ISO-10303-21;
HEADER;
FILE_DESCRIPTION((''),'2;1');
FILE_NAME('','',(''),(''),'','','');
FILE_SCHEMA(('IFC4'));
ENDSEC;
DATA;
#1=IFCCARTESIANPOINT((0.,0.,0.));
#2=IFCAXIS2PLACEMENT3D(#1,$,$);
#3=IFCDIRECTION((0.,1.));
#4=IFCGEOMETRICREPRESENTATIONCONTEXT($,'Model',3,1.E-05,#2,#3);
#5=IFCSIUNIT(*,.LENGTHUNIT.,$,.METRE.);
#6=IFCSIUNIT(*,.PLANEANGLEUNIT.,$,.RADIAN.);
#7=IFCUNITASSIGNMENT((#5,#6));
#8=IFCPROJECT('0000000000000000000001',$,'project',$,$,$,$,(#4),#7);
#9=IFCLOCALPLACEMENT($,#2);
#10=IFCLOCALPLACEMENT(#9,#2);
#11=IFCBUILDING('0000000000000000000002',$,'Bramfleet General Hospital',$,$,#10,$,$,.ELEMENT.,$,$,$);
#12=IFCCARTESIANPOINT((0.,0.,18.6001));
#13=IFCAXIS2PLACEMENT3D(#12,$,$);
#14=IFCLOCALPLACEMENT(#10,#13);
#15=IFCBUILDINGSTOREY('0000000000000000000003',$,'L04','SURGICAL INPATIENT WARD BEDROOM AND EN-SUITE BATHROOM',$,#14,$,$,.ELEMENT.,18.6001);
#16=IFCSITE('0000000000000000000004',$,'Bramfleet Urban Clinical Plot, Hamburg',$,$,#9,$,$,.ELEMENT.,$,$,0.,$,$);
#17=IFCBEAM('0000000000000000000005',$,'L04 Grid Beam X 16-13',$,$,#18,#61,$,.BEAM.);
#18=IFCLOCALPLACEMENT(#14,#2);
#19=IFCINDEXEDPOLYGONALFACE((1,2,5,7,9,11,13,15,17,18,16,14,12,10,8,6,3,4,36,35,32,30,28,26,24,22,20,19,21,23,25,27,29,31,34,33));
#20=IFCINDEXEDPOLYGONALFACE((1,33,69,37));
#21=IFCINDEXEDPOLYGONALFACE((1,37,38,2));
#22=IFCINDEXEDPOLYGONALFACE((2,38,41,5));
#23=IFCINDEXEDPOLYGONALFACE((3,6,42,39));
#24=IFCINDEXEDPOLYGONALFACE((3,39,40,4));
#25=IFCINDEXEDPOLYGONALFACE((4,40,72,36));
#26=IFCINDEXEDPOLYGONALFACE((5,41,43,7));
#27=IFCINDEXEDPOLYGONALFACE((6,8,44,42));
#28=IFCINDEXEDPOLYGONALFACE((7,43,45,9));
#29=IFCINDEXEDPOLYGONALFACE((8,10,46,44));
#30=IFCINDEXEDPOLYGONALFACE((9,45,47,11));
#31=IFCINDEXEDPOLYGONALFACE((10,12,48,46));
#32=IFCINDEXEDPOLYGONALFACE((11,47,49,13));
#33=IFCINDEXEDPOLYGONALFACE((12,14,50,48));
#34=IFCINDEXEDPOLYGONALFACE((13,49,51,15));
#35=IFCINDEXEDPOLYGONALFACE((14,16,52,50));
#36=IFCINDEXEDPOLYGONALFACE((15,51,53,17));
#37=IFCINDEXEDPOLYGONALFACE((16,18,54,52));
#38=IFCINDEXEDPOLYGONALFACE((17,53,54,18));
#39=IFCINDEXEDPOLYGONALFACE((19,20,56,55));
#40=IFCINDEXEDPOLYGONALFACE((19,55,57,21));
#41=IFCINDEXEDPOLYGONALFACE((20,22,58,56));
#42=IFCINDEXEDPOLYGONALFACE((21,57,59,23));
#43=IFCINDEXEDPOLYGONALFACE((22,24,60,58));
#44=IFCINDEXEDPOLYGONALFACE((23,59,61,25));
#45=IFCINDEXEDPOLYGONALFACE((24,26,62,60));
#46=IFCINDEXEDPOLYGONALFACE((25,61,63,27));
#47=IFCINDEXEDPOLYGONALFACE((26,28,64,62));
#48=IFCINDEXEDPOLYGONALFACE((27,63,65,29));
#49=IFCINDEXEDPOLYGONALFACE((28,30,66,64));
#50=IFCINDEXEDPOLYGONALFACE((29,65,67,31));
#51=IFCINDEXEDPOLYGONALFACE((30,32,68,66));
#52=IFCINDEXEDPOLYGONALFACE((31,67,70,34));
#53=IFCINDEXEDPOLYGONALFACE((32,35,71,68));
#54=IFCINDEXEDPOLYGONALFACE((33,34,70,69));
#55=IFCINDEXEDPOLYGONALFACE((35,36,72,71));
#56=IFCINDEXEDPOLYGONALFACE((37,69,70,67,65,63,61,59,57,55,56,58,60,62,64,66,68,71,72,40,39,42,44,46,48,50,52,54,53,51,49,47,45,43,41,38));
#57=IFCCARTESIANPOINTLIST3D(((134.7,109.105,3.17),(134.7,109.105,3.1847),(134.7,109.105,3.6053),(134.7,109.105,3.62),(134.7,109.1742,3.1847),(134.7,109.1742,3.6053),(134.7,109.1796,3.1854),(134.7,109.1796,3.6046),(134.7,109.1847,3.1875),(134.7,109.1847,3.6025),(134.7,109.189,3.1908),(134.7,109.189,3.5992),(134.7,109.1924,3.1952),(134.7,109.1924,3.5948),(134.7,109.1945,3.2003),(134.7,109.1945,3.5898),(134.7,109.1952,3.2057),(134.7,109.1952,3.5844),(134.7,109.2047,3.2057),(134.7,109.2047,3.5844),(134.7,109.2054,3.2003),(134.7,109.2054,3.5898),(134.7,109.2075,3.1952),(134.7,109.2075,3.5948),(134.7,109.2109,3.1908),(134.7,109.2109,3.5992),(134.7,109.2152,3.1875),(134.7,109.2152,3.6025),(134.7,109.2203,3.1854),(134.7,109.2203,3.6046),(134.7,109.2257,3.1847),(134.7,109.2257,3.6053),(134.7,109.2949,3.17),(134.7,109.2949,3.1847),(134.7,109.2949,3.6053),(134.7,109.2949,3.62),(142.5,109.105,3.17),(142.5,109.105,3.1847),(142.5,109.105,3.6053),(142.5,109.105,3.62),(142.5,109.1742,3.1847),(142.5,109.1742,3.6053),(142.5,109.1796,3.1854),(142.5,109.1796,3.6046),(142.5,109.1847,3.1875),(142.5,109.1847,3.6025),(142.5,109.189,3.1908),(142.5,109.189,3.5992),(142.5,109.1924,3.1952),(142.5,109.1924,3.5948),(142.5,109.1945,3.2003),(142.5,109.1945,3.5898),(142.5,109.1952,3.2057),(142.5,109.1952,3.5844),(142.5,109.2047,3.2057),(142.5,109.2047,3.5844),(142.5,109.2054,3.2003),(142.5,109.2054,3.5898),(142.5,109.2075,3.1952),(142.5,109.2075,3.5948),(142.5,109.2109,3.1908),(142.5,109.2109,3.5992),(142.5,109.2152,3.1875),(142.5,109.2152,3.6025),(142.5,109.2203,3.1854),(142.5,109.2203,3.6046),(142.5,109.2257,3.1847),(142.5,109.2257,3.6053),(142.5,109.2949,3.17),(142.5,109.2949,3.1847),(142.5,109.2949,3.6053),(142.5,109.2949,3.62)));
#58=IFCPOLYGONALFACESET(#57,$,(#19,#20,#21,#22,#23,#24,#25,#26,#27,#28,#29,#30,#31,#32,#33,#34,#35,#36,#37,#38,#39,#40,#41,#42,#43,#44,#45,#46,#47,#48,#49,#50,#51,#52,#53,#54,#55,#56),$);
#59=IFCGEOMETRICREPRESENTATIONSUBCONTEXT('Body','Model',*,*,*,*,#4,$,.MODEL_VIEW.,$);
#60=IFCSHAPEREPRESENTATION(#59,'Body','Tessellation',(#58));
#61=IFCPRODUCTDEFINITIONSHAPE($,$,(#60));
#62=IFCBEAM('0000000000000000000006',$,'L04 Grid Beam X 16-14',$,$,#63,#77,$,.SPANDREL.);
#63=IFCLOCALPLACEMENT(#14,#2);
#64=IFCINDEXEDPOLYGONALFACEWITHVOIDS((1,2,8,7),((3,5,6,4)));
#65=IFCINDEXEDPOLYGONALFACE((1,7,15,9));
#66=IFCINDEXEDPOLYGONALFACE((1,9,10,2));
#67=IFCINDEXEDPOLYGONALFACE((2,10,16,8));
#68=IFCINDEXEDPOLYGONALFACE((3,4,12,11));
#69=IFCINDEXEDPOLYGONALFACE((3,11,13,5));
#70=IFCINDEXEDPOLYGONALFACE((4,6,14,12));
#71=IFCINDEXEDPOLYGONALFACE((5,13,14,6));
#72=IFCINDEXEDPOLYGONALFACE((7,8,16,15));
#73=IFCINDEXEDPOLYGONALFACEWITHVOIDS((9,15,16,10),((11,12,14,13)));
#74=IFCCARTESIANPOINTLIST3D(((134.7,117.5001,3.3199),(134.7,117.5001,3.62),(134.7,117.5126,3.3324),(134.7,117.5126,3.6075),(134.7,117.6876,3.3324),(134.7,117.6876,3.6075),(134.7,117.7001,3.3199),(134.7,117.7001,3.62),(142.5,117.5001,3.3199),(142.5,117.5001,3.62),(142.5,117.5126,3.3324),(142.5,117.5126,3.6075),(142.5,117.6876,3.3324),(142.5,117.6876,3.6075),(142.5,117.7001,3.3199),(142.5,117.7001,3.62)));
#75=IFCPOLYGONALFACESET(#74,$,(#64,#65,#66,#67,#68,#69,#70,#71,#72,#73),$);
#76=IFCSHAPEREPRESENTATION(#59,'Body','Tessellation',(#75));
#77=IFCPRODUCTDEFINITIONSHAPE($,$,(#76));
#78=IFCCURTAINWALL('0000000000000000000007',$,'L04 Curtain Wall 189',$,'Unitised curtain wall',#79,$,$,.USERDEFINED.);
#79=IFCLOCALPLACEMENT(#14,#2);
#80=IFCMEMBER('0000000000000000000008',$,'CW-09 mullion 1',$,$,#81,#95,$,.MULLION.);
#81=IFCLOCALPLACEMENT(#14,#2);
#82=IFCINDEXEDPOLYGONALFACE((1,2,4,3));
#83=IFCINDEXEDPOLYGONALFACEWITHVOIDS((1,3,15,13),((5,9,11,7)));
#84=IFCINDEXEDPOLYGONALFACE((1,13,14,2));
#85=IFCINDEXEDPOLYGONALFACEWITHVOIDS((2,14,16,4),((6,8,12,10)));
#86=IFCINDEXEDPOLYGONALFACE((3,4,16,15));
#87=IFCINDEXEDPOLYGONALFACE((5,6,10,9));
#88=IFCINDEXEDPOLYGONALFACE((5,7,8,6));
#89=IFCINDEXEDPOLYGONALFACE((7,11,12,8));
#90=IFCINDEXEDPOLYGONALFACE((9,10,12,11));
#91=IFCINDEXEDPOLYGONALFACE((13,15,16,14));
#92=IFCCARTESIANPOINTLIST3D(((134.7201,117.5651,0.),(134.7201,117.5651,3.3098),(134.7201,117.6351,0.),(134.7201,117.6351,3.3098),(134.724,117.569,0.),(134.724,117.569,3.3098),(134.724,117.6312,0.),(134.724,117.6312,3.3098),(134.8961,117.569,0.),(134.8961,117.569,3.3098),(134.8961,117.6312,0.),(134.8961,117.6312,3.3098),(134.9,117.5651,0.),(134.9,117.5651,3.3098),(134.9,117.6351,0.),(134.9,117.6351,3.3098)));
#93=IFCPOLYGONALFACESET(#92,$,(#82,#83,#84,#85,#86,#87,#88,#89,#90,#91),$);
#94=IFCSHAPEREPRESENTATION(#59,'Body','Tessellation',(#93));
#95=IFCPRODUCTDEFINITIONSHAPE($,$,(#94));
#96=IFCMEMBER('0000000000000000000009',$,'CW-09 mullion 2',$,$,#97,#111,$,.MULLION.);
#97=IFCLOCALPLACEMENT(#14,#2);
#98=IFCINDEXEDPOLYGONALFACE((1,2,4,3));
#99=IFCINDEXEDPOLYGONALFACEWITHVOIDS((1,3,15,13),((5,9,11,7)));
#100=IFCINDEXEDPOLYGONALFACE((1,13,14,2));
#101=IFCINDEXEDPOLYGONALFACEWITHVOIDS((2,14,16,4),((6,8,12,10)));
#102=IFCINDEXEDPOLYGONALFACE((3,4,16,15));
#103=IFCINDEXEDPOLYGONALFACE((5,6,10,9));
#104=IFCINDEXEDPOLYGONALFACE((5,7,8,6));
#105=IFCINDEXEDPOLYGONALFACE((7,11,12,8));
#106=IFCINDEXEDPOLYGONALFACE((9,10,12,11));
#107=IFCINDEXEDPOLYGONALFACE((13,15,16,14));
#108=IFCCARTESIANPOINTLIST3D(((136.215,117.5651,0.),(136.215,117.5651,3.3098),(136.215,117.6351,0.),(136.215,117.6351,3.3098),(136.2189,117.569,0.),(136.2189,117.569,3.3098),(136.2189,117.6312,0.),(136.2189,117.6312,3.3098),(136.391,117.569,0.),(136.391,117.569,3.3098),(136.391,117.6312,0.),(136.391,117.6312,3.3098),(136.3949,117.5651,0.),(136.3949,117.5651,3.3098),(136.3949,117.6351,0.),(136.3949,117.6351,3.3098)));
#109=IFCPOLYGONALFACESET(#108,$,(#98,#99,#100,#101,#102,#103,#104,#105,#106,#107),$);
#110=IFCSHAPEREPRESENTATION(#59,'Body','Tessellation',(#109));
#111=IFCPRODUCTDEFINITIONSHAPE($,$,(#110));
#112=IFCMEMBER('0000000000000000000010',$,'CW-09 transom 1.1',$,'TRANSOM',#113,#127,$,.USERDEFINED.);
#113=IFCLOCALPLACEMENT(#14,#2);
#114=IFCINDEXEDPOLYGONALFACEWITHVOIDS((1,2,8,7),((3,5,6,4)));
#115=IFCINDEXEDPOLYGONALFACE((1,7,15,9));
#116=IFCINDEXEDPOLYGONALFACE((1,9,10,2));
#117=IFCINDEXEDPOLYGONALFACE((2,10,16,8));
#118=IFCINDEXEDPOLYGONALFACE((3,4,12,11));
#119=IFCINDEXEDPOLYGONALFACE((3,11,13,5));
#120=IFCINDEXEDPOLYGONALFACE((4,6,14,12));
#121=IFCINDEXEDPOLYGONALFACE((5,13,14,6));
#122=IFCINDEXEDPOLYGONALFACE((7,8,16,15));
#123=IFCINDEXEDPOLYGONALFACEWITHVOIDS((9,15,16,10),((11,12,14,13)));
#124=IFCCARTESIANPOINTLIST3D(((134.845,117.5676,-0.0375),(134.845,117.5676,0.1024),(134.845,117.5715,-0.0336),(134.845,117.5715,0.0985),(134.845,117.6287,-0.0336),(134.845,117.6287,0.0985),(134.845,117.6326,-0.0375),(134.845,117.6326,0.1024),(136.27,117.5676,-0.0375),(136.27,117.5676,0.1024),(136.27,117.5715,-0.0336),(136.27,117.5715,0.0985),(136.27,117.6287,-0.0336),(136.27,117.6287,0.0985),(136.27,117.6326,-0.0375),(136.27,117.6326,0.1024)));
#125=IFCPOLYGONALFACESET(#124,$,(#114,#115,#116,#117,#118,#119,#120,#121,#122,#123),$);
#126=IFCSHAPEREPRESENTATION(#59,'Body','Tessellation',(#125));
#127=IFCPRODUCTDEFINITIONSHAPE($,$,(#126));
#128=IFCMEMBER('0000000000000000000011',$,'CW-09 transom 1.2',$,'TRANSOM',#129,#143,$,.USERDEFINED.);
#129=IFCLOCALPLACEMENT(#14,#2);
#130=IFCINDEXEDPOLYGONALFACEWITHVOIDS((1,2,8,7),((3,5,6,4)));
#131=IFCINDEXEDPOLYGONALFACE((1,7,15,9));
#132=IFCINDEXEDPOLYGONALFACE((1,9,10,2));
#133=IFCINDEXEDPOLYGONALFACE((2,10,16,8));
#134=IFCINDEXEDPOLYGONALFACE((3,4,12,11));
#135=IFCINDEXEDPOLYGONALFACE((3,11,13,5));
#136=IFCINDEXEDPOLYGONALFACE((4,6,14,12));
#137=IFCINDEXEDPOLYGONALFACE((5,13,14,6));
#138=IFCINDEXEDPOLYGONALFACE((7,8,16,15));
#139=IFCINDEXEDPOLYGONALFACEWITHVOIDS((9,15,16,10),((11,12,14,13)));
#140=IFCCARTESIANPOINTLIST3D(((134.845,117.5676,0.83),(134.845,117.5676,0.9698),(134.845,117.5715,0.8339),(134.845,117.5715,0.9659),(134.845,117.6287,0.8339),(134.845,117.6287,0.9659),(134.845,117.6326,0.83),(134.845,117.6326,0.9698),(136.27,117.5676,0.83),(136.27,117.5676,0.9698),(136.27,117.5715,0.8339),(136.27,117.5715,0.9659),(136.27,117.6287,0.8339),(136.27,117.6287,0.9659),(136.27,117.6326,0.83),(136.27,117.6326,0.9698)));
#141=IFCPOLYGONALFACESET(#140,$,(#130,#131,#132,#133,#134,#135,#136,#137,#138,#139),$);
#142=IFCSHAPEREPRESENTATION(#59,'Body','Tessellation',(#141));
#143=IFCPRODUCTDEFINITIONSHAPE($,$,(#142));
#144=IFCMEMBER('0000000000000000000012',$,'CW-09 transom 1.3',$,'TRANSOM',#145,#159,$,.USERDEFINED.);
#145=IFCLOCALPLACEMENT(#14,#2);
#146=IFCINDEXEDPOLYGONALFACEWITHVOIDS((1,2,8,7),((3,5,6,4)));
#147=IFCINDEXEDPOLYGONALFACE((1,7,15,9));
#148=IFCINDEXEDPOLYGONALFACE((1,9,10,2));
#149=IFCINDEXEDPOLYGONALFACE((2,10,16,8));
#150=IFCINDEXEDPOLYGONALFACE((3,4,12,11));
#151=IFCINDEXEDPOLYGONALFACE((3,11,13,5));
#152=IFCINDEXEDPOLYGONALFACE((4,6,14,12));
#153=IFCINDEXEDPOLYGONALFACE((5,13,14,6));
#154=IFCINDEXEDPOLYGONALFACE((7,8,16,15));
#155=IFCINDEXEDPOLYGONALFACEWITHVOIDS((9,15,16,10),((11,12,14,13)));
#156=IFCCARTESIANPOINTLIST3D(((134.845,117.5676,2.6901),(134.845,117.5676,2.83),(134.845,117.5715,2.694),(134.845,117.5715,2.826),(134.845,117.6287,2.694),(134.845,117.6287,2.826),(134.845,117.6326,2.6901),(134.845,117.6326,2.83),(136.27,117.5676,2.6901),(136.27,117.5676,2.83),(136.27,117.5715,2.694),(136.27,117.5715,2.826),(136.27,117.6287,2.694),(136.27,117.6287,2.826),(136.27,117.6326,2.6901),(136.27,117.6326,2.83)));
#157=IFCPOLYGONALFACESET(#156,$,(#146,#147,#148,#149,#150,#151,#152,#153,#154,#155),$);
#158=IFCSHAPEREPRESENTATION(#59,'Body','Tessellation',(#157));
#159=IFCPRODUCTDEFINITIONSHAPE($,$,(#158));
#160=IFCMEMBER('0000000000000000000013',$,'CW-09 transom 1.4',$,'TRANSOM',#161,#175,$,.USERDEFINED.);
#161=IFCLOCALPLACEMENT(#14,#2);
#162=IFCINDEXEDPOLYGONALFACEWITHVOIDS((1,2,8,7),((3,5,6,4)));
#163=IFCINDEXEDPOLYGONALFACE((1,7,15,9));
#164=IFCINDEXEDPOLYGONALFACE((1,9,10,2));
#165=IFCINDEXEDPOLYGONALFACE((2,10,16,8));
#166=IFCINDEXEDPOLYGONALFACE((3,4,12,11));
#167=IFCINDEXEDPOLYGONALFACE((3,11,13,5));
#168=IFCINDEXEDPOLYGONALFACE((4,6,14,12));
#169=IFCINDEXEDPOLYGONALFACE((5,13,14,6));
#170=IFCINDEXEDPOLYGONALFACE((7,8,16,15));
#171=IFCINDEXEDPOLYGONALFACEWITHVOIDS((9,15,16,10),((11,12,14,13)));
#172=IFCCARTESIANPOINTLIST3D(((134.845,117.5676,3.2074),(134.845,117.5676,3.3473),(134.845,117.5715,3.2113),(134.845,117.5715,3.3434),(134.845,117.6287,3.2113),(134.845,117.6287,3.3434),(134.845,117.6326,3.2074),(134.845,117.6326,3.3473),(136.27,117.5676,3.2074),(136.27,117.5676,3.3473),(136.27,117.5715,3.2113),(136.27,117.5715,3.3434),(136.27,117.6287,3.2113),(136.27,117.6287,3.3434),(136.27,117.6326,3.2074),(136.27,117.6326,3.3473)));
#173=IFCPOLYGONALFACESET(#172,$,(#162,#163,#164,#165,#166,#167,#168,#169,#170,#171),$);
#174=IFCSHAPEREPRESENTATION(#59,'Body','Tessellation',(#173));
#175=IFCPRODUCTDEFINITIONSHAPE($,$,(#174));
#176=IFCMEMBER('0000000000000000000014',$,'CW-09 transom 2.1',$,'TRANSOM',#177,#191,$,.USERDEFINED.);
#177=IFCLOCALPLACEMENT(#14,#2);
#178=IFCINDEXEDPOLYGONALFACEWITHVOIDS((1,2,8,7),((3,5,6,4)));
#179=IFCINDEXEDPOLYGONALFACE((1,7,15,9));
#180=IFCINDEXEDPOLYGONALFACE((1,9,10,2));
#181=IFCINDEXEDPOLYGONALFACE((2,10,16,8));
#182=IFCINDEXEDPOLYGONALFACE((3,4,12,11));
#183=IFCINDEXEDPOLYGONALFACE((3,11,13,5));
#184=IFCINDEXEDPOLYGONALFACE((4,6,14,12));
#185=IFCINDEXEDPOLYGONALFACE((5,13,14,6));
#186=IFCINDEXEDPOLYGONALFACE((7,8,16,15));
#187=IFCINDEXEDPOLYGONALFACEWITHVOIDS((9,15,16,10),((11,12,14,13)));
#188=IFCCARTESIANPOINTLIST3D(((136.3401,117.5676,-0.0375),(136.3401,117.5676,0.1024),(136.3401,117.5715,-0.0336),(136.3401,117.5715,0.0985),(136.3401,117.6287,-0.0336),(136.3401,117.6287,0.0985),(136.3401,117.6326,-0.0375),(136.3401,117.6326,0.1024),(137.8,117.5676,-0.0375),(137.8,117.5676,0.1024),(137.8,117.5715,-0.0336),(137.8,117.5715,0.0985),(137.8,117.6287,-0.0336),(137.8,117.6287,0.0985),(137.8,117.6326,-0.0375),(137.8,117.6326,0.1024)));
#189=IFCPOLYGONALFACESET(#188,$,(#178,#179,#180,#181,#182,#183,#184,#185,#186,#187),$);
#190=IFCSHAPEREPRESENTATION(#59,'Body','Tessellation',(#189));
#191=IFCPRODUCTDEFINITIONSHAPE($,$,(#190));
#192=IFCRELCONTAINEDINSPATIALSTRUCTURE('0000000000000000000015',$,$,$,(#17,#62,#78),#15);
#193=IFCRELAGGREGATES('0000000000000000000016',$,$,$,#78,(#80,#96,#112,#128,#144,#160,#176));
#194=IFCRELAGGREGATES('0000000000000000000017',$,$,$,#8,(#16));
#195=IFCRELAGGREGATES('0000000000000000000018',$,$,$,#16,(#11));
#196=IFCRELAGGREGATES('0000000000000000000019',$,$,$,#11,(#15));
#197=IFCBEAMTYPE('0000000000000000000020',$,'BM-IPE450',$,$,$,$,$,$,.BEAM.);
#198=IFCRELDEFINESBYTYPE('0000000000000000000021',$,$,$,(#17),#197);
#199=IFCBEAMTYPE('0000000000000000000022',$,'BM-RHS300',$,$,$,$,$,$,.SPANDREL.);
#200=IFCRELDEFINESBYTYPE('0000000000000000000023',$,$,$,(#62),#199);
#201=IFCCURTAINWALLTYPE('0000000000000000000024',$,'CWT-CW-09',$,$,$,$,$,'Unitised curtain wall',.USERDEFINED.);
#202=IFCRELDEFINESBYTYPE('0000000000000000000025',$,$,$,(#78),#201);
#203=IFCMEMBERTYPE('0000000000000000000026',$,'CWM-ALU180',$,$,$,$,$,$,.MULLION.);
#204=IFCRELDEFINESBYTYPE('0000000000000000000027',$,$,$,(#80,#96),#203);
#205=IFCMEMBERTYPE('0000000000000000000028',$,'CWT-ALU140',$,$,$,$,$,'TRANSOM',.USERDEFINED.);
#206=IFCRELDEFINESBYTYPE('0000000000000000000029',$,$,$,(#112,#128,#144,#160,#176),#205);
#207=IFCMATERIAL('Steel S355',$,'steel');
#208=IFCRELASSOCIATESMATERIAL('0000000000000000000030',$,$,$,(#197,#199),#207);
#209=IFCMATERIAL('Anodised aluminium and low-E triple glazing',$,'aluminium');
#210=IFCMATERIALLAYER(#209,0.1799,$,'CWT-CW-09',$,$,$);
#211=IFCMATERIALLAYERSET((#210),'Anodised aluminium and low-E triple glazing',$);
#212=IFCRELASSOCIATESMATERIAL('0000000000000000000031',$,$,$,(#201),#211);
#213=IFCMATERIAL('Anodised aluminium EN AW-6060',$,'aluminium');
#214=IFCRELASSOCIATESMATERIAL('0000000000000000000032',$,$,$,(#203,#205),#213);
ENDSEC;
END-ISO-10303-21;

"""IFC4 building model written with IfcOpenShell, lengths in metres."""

from ifc_helpers import new_model, si_unit, direction, frame, origin, origin_2d, place, context, subcontext, project, spatial, hollow_rectangle, i_section, extrude, material, layer, layer_set, material_profile, profile_set, type_object, element, aggregate, save


model = new_model("IFC4")

# Units and contexts
model_context = context("Model", 3, precision=1e-05, world=origin(), true_north=direction((0.0, 1.0)))
body_context = subcontext(model_context, "Body", "Model", "MODEL_VIEW")
ifc_project = project(units=[si_unit("LENGTHUNIT", "METRE"), si_unit("PLANEANGLEUNIT", "RADIAN")], contexts=[model_context])

# Site, building, storey
site_placement = place(None, origin())
site = spatial("IfcSite", under=ifc_project, at=site_placement, Name="Bramfleet Urban Clinical Plot, Hamburg", CompositionType="ELEMENT", RefElevation=0.0)
building_placement = place(site_placement, origin())
building = spatial("IfcBuilding", under=site, at=building_placement, Name="Bramfleet General Hospital", CompositionType="ELEMENT")
storey_placement = place(building_placement, frame((0.0, 0.0, 18.6001)))
storey = spatial("IfcBuildingStorey", under=building, at=storey_placement, Name="L04", Description="SURGICAL INPATIENT WARD BEDROOM AND EN-SUITE BATHROOM", CompositionType="ELEMENT", Elevation=18.6001)

# Beams
ifc_material_1 = material(Name="Steel S355", Category="steel")
ifc_material_profile_1 = material_profile(ifc_material_1, i_section(OverallWidth=0.1899, OverallDepth=0.45, WebThickness=0.0095, FlangeThickness=0.0146, FilletRadius=0.021, at=origin_2d()), Name="IPE 450")
ifc_profile_set_1 = profile_set([ifc_material_profile_1], Name="Steel S355")
beam_type_1 = type_object("IfcBeamType", Name="BM-IPE450", PredefinedType="BEAM", material=ifc_profile_set_1)
beam_1_placement = place(storey_placement, frame((134.7, 109.2, 3.395), z_axis=(1.0, 0.0, 0.0), x_axis=(0.0, 1.0, 0.0)))
element("IfcBeam", 1, at=beam_1_placement, inside=storey, type_object=beam_type_1, Name="L04 Grid Beam X 16-13", PredefinedType="BEAM", context=body_context, shape_type="SweptSolid", body=[
    extrude(i_section(OverallWidth=0.1899, OverallDepth=0.45, WebThickness=0.0095, FlangeThickness=0.0146, FilletRadius=0.021, at=origin_2d()), origin(), (0.0, 0.0, 1.0), 7.8),
])
ifc_material_profile_2 = material_profile(ifc_material_1, hollow_rectangle(XDim=0.2, YDim=0.3, WallThickness=0.0125, at=origin_2d()), Name="RHS 300x200x12.5")
ifc_profile_set_2 = profile_set([ifc_material_profile_2], Name="Steel S355")
beam_type_2 = type_object("IfcBeamType", Name="BM-RHS300", PredefinedType="SPANDREL", material=ifc_profile_set_2)
beam_2_placement = place(storey_placement, frame((134.7, 117.6001, 3.47), z_axis=(1.0, 0.0, 0.0), x_axis=(0.0, 1.0, 0.0)))
element("IfcBeam", 2, at=beam_2_placement, inside=storey, type_object=beam_type_2, Name="L04 Grid Beam X 16-14", PredefinedType="SPANDREL", context=body_context, shape_type="SweptSolid", body=[
    extrude(hollow_rectangle(XDim=0.2, YDim=0.3, WallThickness=0.0125, at=origin_2d()), origin(), (0.0, 0.0, 1.0), 7.8),
])

# Curtain wall, members
ifc_material_2 = material(Name="Anodised aluminium and low-E triple glazing", Category="aluminium")
ifc_layer_1 = layer(ifc_material_2, 0.1799, Name="CWT-CW-09")
ifc_layer_set_1 = layer_set([ifc_layer_1], Name="Anodised aluminium and low-E triple glazing")
curtain_wall_type = type_object("IfcCurtainWallType", Name="CWT-CW-09", ElementType="Unitised curtain wall", PredefinedType="USERDEFINED", material=ifc_layer_set_1)
curtain_wall_placement = place(storey_placement, origin())
curtain_wall = element("IfcCurtainWall", 3, at=curtain_wall_placement, inside=storey, type_object=curtain_wall_type, Name="L04 Curtain Wall 189", ObjectType="Unitised curtain wall", PredefinedType="USERDEFINED")
ifc_material_3 = material(Name="Anodised aluminium EN AW-6060", Category="aluminium")
ifc_material_profile_3 = material_profile(ifc_material_3, hollow_rectangle(XDim=0.0701, YDim=0.1799, WallThickness=0.0039, at=origin_2d()), Name="ALU 180x70x4.0")
ifc_profile_set_3 = profile_set([ifc_material_profile_3], Name="Anodised aluminium EN AW-6060")
member_type_1 = type_object("IfcMemberType", Name="CWM-ALU180", PredefinedType="MULLION", material=ifc_profile_set_3)
member_1_placement = place(storey_placement, frame((134.8101, 117.6001, 0.0), z_axis=(0.0, 0.0, 1.0), x_axis=(0.0, 1.0, 0.0)))
member_1 = element("IfcMember", 4, at=member_1_placement, type_object=member_type_1, Name="CW-09 mullion 1", PredefinedType="MULLION", context=body_context, shape_type="SweptSolid", body=[
    extrude(hollow_rectangle(XDim=0.0701, YDim=0.1799, WallThickness=0.0039, at=origin_2d()), origin(), (0.0, 0.0, 1.0), 3.3098),
])
member_2_placement = place(storey_placement, frame((136.3049, 117.6001, 0.0), z_axis=(0.0, 0.0, 1.0), x_axis=(0.0, 1.0, 0.0)))
member_2 = element("IfcMember", 5, at=member_2_placement, type_object=member_type_1, Name="CW-09 mullion 2", PredefinedType="MULLION", context=body_context, shape_type="SweptSolid", body=[
    extrude(hollow_rectangle(XDim=0.0701, YDim=0.1799, WallThickness=0.0039, at=origin_2d()), origin(), (0.0, 0.0, 1.0), 3.3098),
])
ifc_material_profile_4 = material_profile(ifc_material_3, hollow_rectangle(XDim=0.0649, YDim=0.1399, WallThickness=0.0039, at=origin_2d()), Name="ALU 140x65x4.0")
ifc_profile_set_4 = profile_set([ifc_material_profile_4], Name="Anodised aluminium EN AW-6060")
member_type_2 = type_object("IfcMemberType", Name="CWT-ALU140", ElementType="TRANSOM", PredefinedType="USERDEFINED", material=ifc_profile_set_4)
member_3_placement = place(storey_placement, frame((134.845, 117.6001, 0.0325), z_axis=(1.0, 0.0, 0.0), x_axis=(0.0, 1.0, 0.0)))
member_3 = element("IfcMember", 6, at=member_3_placement, type_object=member_type_2, Name="CW-09 transom 1.1", ObjectType="TRANSOM", PredefinedType="USERDEFINED", context=body_context, shape_type="SweptSolid", body=[
    extrude(hollow_rectangle(XDim=0.0649, YDim=0.1399, WallThickness=0.0039, at=origin_2d()), origin(), (0.0, 0.0, 1.0), 1.425),
])
member_4_placement = place(storey_placement, frame((134.845, 117.6001, 0.8999), z_axis=(1.0, 0.0, 0.0), x_axis=(0.0, 1.0, 0.0)))
member_4 = element("IfcMember", 7, at=member_4_placement, type_object=member_type_2, Name="CW-09 transom 1.2", ObjectType="TRANSOM", PredefinedType="USERDEFINED", context=body_context, shape_type="SweptSolid", body=[
    extrude(hollow_rectangle(XDim=0.0649, YDim=0.1399, WallThickness=0.0039, at=origin_2d()), origin(), (0.0, 0.0, 1.0), 1.425),
])
member_5_placement = place(storey_placement, frame((134.845, 117.6001, 2.76), z_axis=(1.0, 0.0, 0.0), x_axis=(0.0, 1.0, 0.0)))
member_5 = element("IfcMember", 8, at=member_5_placement, type_object=member_type_2, Name="CW-09 transom 1.3", ObjectType="TRANSOM", PredefinedType="USERDEFINED", context=body_context, shape_type="SweptSolid", body=[
    extrude(hollow_rectangle(XDim=0.0649, YDim=0.1399, WallThickness=0.0039, at=origin_2d()), origin(), (0.0, 0.0, 1.0), 1.425),
])
member_6_placement = place(storey_placement, frame((134.845, 117.6001, 3.2773), z_axis=(1.0, 0.0, 0.0), x_axis=(0.0, 1.0, 0.0)))
member_6 = element("IfcMember", 9, at=member_6_placement, type_object=member_type_2, Name="CW-09 transom 1.4", ObjectType="TRANSOM", PredefinedType="USERDEFINED", context=body_context, shape_type="SweptSolid", body=[
    extrude(hollow_rectangle(XDim=0.0649, YDim=0.1399, WallThickness=0.0039, at=origin_2d()), origin(), (0.0, 0.0, 1.0), 1.425),
])
member_7_placement = place(storey_placement, frame((136.3401, 117.6001, 0.0325), z_axis=(1.0, 0.0, 0.0), x_axis=(0.0, 1.0, 0.0)))
member_7 = element("IfcMember", 10, at=member_7_placement, type_object=member_type_2, Name="CW-09 transom 2.1", ObjectType="TRANSOM", PredefinedType="USERDEFINED", context=body_context, shape_type="SweptSolid", body=[
    extrude(hollow_rectangle(XDim=0.0649, YDim=0.1399, WallThickness=0.0039, at=origin_2d()), origin(), (0.0, 0.0, 1.0), 1.46),
])
aggregate(curtain_wall, [member_1, member_2, member_3, member_4, member_5, member_6, member_7])

save(model, "model.ifc")
